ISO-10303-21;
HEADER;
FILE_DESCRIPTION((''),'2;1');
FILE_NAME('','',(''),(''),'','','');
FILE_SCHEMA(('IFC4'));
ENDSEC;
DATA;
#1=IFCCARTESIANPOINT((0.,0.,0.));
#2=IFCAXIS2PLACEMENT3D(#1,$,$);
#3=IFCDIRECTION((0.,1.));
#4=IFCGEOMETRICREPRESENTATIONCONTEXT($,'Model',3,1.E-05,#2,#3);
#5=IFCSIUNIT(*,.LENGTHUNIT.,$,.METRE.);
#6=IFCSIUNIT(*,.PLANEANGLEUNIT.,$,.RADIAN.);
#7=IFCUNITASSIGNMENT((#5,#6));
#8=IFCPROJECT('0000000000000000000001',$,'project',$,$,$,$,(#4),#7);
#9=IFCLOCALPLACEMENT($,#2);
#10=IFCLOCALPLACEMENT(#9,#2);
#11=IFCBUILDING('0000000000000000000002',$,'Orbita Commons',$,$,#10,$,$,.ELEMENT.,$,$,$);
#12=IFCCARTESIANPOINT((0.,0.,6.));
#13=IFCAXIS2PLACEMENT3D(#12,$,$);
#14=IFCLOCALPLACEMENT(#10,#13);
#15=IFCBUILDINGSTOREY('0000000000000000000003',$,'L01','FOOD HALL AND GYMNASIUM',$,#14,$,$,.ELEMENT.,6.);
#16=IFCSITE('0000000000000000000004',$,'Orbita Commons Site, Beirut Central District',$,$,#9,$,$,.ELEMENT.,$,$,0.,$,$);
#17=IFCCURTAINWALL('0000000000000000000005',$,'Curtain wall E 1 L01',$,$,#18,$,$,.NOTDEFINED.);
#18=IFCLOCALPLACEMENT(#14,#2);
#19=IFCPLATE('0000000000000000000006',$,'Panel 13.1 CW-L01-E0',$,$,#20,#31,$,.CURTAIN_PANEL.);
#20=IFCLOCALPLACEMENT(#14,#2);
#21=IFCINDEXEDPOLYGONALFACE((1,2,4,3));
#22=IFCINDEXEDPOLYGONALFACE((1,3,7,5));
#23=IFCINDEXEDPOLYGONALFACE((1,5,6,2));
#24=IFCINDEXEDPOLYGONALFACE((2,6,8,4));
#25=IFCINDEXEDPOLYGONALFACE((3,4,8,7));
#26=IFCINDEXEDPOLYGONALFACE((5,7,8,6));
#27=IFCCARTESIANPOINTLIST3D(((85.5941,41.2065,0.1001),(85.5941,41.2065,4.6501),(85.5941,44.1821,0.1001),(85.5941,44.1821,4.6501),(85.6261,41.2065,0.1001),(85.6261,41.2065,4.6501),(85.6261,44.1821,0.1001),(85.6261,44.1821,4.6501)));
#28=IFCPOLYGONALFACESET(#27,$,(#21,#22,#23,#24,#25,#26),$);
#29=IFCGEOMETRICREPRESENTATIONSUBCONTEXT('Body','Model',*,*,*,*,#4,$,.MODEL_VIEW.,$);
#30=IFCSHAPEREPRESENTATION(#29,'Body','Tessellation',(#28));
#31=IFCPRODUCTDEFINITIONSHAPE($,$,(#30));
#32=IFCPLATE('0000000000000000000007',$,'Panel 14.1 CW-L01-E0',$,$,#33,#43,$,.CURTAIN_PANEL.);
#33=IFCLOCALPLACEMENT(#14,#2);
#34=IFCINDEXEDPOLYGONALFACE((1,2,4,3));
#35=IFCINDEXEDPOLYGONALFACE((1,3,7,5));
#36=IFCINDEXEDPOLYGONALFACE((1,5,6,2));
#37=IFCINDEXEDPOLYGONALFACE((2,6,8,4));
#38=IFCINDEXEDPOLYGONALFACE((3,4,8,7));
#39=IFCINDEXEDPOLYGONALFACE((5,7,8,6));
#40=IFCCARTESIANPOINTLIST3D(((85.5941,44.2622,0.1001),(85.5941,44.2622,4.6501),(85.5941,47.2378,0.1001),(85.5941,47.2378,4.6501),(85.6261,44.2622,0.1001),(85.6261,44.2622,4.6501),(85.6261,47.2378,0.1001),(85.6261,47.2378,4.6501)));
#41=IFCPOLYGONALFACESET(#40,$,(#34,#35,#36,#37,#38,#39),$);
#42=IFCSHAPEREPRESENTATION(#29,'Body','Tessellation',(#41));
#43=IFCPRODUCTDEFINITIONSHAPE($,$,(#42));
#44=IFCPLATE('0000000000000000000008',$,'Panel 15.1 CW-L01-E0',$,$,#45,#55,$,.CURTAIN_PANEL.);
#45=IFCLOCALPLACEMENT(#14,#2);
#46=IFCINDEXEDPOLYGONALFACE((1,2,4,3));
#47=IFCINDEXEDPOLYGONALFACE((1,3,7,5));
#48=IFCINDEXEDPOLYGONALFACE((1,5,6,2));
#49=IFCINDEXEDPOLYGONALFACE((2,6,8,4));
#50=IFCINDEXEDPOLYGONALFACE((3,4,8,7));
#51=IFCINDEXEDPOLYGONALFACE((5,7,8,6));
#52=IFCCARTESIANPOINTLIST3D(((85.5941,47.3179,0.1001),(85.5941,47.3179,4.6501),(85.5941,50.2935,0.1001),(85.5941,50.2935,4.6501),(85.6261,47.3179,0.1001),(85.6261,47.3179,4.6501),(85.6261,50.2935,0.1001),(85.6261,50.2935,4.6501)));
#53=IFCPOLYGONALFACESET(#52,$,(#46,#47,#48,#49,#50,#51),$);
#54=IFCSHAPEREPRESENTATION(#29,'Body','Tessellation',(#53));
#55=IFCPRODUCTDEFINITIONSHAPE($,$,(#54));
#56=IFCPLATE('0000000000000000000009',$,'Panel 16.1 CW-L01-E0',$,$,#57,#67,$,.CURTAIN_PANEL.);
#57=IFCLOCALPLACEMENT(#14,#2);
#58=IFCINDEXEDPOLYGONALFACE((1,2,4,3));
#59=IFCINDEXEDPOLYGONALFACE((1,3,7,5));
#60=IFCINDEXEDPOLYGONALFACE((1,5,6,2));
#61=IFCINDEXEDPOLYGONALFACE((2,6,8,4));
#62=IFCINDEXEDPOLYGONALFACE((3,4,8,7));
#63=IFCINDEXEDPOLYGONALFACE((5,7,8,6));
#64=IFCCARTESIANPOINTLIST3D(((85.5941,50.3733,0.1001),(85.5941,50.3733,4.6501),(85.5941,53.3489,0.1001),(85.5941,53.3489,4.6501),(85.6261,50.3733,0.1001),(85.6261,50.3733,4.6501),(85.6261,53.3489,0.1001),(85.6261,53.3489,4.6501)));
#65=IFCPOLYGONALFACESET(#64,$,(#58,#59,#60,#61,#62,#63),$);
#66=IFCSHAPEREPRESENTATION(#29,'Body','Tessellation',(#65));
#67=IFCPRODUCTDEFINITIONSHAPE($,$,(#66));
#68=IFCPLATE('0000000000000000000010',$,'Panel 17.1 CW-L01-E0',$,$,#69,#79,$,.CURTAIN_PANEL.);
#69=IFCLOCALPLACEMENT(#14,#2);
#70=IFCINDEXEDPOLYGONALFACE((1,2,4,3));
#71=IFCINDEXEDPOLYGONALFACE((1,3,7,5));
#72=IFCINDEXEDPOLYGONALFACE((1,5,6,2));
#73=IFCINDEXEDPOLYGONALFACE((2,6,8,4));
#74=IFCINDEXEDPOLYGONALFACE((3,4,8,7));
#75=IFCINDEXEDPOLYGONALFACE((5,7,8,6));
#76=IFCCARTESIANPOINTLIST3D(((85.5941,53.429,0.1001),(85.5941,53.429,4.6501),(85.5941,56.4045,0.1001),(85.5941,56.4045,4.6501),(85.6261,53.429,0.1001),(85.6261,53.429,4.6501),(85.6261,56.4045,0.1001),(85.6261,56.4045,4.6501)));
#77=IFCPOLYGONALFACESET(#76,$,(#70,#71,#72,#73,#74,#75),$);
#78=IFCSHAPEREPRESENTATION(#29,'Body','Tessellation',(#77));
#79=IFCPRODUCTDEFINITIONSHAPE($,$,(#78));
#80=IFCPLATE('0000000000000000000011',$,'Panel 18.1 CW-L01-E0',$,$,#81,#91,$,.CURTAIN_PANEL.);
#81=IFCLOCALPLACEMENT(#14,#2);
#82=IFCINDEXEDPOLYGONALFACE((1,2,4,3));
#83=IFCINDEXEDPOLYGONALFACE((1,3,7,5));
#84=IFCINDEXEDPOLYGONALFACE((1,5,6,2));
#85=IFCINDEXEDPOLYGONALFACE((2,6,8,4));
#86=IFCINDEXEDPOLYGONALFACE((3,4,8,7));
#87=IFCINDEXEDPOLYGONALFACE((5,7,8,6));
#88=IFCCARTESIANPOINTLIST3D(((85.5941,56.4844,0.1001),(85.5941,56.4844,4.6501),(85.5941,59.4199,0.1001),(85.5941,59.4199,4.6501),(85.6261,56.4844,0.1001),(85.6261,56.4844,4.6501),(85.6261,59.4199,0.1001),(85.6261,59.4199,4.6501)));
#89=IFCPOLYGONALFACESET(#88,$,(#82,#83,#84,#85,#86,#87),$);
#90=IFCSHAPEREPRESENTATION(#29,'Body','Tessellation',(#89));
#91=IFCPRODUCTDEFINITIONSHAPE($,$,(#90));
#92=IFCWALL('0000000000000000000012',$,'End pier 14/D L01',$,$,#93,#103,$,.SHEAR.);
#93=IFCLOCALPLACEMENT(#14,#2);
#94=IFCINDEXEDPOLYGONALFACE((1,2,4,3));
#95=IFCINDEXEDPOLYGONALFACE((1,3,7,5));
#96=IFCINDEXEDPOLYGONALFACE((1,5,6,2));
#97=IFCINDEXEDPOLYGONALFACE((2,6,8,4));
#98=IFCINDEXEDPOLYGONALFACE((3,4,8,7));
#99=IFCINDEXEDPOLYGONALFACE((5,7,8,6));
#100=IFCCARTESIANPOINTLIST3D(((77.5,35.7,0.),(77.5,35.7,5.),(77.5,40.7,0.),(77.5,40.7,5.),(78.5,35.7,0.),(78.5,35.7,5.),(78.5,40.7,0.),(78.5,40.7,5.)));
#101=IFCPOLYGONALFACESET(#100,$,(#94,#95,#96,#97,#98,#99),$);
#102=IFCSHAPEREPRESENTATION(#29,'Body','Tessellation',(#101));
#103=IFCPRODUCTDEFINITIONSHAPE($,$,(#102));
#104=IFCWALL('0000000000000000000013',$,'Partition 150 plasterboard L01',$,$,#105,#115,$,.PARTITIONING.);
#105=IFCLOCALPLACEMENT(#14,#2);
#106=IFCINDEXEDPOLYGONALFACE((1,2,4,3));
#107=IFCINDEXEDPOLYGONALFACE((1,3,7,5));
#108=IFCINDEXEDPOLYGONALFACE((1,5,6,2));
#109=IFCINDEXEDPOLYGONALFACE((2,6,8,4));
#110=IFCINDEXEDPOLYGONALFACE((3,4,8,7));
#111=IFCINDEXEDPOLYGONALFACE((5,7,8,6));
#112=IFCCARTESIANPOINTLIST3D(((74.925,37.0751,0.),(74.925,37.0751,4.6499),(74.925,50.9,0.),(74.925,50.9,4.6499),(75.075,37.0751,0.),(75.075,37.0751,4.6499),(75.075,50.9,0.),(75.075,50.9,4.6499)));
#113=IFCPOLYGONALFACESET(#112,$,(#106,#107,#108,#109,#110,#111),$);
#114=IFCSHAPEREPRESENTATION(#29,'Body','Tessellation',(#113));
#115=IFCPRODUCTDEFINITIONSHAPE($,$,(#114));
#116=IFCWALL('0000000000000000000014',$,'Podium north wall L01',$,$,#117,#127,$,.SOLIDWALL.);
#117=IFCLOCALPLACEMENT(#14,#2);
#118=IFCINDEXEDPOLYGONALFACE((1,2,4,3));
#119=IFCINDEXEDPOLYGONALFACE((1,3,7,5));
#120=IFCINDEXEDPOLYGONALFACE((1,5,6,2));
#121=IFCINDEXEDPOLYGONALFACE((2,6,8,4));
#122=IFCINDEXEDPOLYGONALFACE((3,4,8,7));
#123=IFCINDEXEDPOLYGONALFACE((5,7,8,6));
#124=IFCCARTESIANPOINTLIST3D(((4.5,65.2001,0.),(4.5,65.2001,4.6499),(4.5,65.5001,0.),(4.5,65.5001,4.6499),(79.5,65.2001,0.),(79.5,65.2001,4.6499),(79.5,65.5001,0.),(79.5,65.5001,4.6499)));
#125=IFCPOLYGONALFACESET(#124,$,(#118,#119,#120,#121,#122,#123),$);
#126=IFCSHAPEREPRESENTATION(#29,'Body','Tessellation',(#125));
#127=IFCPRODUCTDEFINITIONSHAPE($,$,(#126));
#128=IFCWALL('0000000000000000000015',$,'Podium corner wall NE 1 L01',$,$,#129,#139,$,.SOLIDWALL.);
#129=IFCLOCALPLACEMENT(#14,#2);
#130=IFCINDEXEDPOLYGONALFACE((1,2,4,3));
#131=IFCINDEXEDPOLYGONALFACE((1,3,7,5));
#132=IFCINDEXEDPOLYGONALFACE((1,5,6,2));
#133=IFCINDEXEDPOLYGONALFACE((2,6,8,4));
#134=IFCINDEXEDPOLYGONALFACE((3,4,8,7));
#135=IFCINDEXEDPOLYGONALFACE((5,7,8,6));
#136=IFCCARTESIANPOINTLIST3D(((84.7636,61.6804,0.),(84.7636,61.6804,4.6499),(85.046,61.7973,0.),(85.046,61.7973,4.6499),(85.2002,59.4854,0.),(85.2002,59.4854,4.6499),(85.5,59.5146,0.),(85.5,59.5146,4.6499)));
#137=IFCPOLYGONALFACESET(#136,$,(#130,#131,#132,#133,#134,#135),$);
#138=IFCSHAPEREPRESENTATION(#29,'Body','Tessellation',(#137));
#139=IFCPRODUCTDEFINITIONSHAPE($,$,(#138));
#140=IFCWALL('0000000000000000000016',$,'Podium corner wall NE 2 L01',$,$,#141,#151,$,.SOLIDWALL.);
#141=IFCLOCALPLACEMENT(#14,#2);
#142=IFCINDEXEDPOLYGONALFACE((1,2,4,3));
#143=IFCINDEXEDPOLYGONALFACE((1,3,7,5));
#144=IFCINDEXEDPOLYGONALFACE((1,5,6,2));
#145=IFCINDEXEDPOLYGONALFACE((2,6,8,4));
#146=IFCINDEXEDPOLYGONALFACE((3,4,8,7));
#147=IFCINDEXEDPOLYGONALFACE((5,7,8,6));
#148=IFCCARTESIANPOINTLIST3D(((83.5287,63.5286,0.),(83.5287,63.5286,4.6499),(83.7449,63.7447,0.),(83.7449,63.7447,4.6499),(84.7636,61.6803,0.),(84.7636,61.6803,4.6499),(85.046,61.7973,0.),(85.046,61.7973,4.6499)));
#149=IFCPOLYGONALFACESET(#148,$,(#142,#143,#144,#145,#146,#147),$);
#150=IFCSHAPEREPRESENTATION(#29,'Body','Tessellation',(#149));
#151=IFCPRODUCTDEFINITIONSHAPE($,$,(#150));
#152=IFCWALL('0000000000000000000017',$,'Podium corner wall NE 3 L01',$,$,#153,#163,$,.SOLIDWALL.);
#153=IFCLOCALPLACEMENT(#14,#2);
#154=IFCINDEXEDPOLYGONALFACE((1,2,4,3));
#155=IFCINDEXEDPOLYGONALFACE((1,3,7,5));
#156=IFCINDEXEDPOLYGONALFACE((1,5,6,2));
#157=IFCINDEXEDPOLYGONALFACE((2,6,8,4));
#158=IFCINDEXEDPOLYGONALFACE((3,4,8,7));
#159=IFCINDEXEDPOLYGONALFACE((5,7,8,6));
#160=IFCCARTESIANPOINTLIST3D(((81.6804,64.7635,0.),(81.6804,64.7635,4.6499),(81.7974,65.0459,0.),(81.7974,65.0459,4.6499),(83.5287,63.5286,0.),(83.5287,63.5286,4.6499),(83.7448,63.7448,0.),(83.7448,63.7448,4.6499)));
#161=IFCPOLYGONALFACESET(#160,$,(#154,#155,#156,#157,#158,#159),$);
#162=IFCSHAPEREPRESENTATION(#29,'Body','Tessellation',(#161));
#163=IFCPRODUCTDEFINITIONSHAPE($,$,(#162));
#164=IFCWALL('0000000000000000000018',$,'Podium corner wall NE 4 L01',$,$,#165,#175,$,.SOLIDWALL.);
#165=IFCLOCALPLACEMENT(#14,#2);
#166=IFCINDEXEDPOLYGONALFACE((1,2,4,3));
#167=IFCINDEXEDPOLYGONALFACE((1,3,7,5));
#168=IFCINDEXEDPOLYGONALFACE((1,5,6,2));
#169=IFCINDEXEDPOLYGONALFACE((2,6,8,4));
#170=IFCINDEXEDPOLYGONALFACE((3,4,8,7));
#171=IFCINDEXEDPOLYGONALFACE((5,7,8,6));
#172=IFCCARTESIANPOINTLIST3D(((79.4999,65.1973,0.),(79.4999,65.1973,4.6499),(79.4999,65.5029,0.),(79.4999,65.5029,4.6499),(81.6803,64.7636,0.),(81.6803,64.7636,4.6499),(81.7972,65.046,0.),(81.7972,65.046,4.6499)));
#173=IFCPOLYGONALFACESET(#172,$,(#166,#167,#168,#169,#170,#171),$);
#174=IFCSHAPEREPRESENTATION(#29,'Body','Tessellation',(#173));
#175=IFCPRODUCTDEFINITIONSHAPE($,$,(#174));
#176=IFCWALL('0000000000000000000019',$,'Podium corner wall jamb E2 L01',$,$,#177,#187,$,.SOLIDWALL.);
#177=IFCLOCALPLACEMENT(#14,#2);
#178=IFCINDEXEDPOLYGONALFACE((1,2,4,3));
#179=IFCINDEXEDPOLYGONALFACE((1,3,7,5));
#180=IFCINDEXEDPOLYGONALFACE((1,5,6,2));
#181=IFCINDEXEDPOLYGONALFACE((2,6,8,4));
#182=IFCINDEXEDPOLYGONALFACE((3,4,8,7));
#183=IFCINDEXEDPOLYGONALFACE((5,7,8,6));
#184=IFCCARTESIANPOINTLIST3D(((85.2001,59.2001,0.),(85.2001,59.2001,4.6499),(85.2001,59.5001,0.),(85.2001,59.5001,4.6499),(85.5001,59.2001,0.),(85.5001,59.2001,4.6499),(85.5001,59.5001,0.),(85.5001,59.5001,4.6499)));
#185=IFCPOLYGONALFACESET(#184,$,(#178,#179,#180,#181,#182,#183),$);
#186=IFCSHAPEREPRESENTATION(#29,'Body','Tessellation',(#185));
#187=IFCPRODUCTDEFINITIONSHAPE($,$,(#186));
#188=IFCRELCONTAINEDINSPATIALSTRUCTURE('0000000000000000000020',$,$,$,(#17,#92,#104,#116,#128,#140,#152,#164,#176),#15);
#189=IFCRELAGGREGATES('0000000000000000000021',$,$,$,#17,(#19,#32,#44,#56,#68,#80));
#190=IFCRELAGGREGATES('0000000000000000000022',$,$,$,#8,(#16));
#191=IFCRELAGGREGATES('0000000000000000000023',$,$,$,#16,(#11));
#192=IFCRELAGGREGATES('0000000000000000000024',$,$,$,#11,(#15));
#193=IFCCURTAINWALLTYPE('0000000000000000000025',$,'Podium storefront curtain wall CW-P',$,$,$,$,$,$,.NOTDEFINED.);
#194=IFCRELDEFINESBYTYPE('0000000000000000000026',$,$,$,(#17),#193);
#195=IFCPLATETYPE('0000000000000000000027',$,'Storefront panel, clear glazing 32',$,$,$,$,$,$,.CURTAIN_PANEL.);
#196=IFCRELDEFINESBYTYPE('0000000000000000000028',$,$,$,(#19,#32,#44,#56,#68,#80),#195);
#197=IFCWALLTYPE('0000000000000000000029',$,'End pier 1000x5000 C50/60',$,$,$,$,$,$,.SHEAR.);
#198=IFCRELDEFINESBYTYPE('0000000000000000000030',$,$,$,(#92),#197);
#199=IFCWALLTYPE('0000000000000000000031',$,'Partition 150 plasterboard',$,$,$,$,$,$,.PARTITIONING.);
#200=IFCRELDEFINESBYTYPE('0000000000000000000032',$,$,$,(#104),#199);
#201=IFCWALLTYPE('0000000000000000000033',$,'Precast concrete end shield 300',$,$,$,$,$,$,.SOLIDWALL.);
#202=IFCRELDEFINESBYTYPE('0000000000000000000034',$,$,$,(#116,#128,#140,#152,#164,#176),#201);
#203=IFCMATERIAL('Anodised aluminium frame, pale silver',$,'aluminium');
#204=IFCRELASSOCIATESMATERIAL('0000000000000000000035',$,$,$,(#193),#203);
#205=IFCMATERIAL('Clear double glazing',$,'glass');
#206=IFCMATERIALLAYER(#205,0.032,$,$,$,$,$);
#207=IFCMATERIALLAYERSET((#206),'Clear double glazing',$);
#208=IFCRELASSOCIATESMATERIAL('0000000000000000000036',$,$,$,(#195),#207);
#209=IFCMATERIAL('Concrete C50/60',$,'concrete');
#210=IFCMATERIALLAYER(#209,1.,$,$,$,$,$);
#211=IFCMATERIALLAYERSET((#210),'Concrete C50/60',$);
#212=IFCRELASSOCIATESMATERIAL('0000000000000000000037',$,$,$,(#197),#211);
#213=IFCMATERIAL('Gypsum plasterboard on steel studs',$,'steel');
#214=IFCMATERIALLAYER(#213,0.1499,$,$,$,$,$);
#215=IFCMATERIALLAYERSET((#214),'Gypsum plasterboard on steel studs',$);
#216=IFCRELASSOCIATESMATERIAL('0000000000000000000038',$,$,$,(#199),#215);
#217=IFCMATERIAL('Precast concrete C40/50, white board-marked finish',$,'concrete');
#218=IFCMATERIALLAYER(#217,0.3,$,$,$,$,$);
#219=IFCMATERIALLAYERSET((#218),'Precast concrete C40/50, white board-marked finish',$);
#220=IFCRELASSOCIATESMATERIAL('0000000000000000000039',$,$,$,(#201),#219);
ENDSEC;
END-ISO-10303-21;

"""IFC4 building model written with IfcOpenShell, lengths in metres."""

from ifc_helpers import new_model, si_unit, direction, frame, frame_2d, origin, origin_2d, place, context, subcontext, project, spatial, polyline, rectangle, outline, extrude, material, layer, layer_set, type_object, element, aggregate, save


model = new_model("IFC4")

# Units and contexts
model_context = context("Model", 3, precision=1e-05, world=origin(), true_north=direction((0.0, 1.0)))
body_context = subcontext(model_context, "Body", "Model", "MODEL_VIEW")
ifc_project = project(units=[si_unit("LENGTHUNIT", "METRE"), si_unit("PLANEANGLEUNIT", "RADIAN")], contexts=[model_context])

# Site, building, storey
site_placement = place(None, origin())
site = spatial("IfcSite", under=ifc_project, at=site_placement, Name="Orbita Commons Site, Beirut Central District", CompositionType="ELEMENT", RefElevation=0.0)
building_placement = place(site_placement, origin())
building = spatial("IfcBuilding", under=site, at=building_placement, Name="Orbita Commons", CompositionType="ELEMENT")
storey_placement = place(building_placement, frame((0.0, 0.0, 6.0)))
storey = spatial("IfcBuildingStorey", under=building, at=storey_placement, Name="L01", Description="FOOD HALL AND GYMNASIUM", CompositionType="ELEMENT", Elevation=6.0)

# Curtain wall
ifc_material_1 = material(Name="Anodised aluminium frame, pale silver", Category="aluminium")
curtain_wall_type = type_object("IfcCurtainWallType", Name="Podium storefront curtain wall CW-P", PredefinedType="NOTDEFINED", material=ifc_material_1)
curtain_wall_placement = place(storey_placement, origin())
curtain_wall = element("IfcCurtainWall", 1, at=curtain_wall_placement, inside=storey, type_object=curtain_wall_type, Name="Curtain wall E 1 L01", PredefinedType="NOTDEFINED")

# Plates
ifc_material_2 = material(Name="Clear double glazing", Category="glass")
ifc_layer_1 = layer(ifc_material_2, 0.032)
ifc_layer_set_1 = layer_set([ifc_layer_1], Name="Clear double glazing")
plate_type = type_object("IfcPlateType", Name="Storefront panel, clear glazing 32", PredefinedType="CURTAIN_PANEL", material=ifc_layer_set_1)
plate_1_placement = place(storey_placement, frame((85.6101, 42.6943, 0.1001), z_axis=(0.0, 0.0, 1.0), x_axis=(0.0, 1.0, 0.0)))
plate_1 = element("IfcPlate", 2, at=plate_1_placement, type_object=plate_type, Name="Panel 13.1 CW-L01-E0", PredefinedType="CURTAIN_PANEL", context=body_context, shape_type="SweptSolid", body=[
    extrude(rectangle(XDim=2.9756, YDim=0.032, at=origin_2d()), origin(), (0.0, 0.0, 1.0), 4.55),
])
plate_2_placement = place(storey_placement, frame((85.6101, 45.75, 0.1001), z_axis=(0.0, 0.0, 1.0), x_axis=(0.0, 1.0, 0.0)))
plate_2 = element("IfcPlate", 3, at=plate_2_placement, type_object=plate_type, Name="Panel 14.1 CW-L01-E0", PredefinedType="CURTAIN_PANEL", context=body_context, shape_type="SweptSolid", body=[
    extrude(rectangle(XDim=2.9756, YDim=0.032, at=origin_2d()), origin(), (0.0, 0.0, 1.0), 4.55),
])
plate_3_placement = place(storey_placement, frame((85.6101, 48.8057, 0.1001), z_axis=(0.0, 0.0, 1.0), x_axis=(0.0, 1.0, 0.0)))
plate_3 = element("IfcPlate", 4, at=plate_3_placement, type_object=plate_type, Name="Panel 15.1 CW-L01-E0", PredefinedType="CURTAIN_PANEL", context=body_context, shape_type="SweptSolid", body=[
    extrude(rectangle(XDim=2.9756, YDim=0.032, at=origin_2d()), origin(), (0.0, 0.0, 1.0), 4.55),
])
plate_4_placement = place(storey_placement, frame((85.6101, 51.8611, 0.1001), z_axis=(0.0, 0.0, 1.0), x_axis=(0.0, 1.0, 0.0)))
plate_4 = element("IfcPlate", 5, at=plate_4_placement, type_object=plate_type, Name="Panel 16.1 CW-L01-E0", PredefinedType="CURTAIN_PANEL", context=body_context, shape_type="SweptSolid", body=[
    extrude(rectangle(XDim=2.9756, YDim=0.032, at=origin_2d()), origin(), (0.0, 0.0, 1.0), 4.55),
])
plate_5_placement = place(storey_placement, frame((85.6101, 54.9167, 0.1001), z_axis=(0.0, 0.0, 1.0), x_axis=(0.0, 1.0, 0.0)))
plate_5 = element("IfcPlate", 6, at=plate_5_placement, type_object=plate_type, Name="Panel 17.1 CW-L01-E0", PredefinedType="CURTAIN_PANEL", context=body_context, shape_type="SweptSolid", body=[
    extrude(rectangle(XDim=2.9756, YDim=0.032, at=origin_2d()), origin(), (0.0, 0.0, 1.0), 4.55),
])
plate_6_placement = place(storey_placement, frame((85.6101, 57.9521, 0.1001), z_axis=(0.0, 0.0, 1.0), x_axis=(0.0, 1.0, 0.0)))
plate_6 = element("IfcPlate", 7, at=plate_6_placement, type_object=plate_type, Name="Panel 18.1 CW-L01-E0", PredefinedType="CURTAIN_PANEL", context=body_context, shape_type="SweptSolid", body=[
    extrude(rectangle(XDim=2.9355, YDim=0.032, at=origin_2d()), origin(), (0.0, 0.0, 1.0), 4.55),
])
aggregate(curtain_wall, [plate_1, plate_2, plate_3, plate_4, plate_5, plate_6])

# Walls
ifc_material_3 = material(Name="Concrete C50/60", Category="concrete")
ifc_layer_2 = layer(ifc_material_3, 1.0)
ifc_layer_set_2 = layer_set([ifc_layer_2], Name="Concrete C50/60")
wall_type_1 = type_object("IfcWallType", Name="End pier 1000x5000 C50/60", PredefinedType="SHEAR", material=ifc_layer_set_2)
wall_1_placement = place(storey_placement, frame((78.0, 35.7, 0.0), z_axis=(0.0, 0.0, 1.0), x_axis=(0.0, 1.0, 0.0)))
element("IfcWall", 8, at=wall_1_placement, inside=storey, type_object=wall_type_1, Name="End pier 14/D L01", PredefinedType="SHEAR", context=body_context, shape_type="SweptSolid", body=[
    extrude(rectangle(XDim=5.0, YDim=1.0, at=frame_2d((2.5, 0.0))), origin(), (0.0, 0.0, 1.0), 5.0),
])
ifc_material_4 = material(Name="Gypsum plasterboard on steel studs", Category="steel")
ifc_layer_3 = layer(ifc_material_4, 0.1499)
ifc_layer_set_3 = layer_set([ifc_layer_3], Name="Gypsum plasterboard on steel studs")
wall_type_2 = type_object("IfcWallType", Name="Partition 150 plasterboard", PredefinedType="PARTITIONING", material=ifc_layer_set_3)
wall_2_placement = place(storey_placement, frame((75.0, 37.075, 0.0), z_axis=(0.0, 0.0, 1.0), x_axis=(0.0, 1.0, 0.0)))
element("IfcWall", 9, at=wall_2_placement, inside=storey, type_object=wall_type_2, Name="Partition 150 plasterboard L01", PredefinedType="PARTITIONING", context=body_context, shape_type="SweptSolid", body=[
    extrude(rectangle(XDim=13.825, YDim=0.1499, at=frame_2d((6.9126, 0.0))), origin(), (0.0, 0.0, 1.0), 4.6499),
])
ifc_material_5 = material(Name="Precast concrete C40/50, white board-marked finish", Category="concrete")
ifc_layer_4 = layer(ifc_material_5, 0.3)
ifc_layer_set_4 = layer_set([ifc_layer_4], Name="Precast concrete C40/50, white board-marked finish")
wall_type_3 = type_object("IfcWallType", Name="Precast concrete end shield 300", PredefinedType="SOLIDWALL", material=ifc_layer_set_4)
wall_3_placement = place(storey_placement, frame((79.5, 65.3501, 0.0), z_axis=(0.0, 0.0, 1.0), x_axis=(-1.0, 0.0, 0.0)))
element("IfcWall", 10, at=wall_3_placement, inside=storey, type_object=wall_type_3, Name="Podium north wall L01", PredefinedType="SOLIDWALL", context=body_context, shape_type="SweptSolid", body=[
    extrude(rectangle(XDim=75.0, YDim=0.3, at=frame_2d((37.5, 0.0))), origin(), (0.0, 0.0, 1.0), 4.6499),
])
wall_4_placement = place(storey_placement, frame((85.3501, 59.5, 0.0), z_axis=(0.0, 0.0, 1.0), x_axis=(-0.195088, 0.980786, 0.0)))
element("IfcWall", 11, at=wall_4_placement, inside=storey, type_object=wall_type_3, Name="Podium corner wall NE 1 L01", PredefinedType="SOLIDWALL", context=body_context, shape_type="SweptSolid", body=[
    extrude(outline(polyline([(-0.0149, -0.1499), (2.3125, -0.1499), (2.2529, 0.1499), (0.0149, 0.1499), (-0.0149, -0.1499)])), origin(), (0.0, 0.0, 1.0), 4.6499),
])
for number, where, z_axis, x_axis, name in (
    (12, (84.9048, 61.7388, 0.0), (0.0, 0.0, 1.0), (-0.555539, 0.83149, 0.0), "Podium corner wall NE 2 L01"),
    (13, (83.6367, 63.6367, 0.0), (0.0, 0.0, 1.0), (-0.83149, 0.555539, 0.0), "Podium corner wall NE 3 L01"),
):
    element("IfcWall", number, at=place(storey_placement, frame(where, z_axis=z_axis, x_axis=x_axis)), inside=storey, type_object=wall_type_3, Name=name, PredefinedType="SOLIDWALL", context=body_context, shape_type="SweptSolid", body=[
        extrude(outline(polyline([(-0.0298, -0.1499), (2.3123, -0.1499), (2.2527, 0.1499), (0.0298, 0.1499), (-0.0298, -0.1499)])), origin(), (0.0, 0.0, 1.0), 4.6499),
    ])
wall_5_placement = place(storey_placement, frame((81.7388, 64.9048, 0.0), z_axis=(0.0, 0.0, 1.0), x_axis=(-0.980786, 0.195088, 0.0)))
element("IfcWall", 14, at=wall_5_placement, inside=storey, type_object=wall_type_3, Name="Podium corner wall NE 4 L01", PredefinedType="SOLIDWALL", context=body_context, shape_type="SweptSolid", body=[
    extrude(outline(polyline([(-0.0298, -0.1499), (2.3125, -0.1499), (2.2529, 0.1499), (0.0298, 0.1499), (-0.0298, -0.1499)])), origin(), (0.0, 0.0, 1.0), 4.6499),
])
wall_6_placement = place(storey_placement, frame((85.3501, 59.5, 0.0), z_axis=(0.0, 0.0, 1.0), x_axis=(0.0, -1.0, 0.0)))
element("IfcWall", 15, at=wall_6_placement, inside=storey, type_object=wall_type_3, Name="Podium corner wall jamb E2 L01", PredefinedType="SOLIDWALL", context=body_context, shape_type="SweptSolid", body=[
    extrude(rectangle(XDim=0.3, YDim=0.3, at=frame_2d((0.1499, 0.0))), origin(), (0.0, 0.0, 1.0), 4.6499),
])

save(model, "model.ifc")
